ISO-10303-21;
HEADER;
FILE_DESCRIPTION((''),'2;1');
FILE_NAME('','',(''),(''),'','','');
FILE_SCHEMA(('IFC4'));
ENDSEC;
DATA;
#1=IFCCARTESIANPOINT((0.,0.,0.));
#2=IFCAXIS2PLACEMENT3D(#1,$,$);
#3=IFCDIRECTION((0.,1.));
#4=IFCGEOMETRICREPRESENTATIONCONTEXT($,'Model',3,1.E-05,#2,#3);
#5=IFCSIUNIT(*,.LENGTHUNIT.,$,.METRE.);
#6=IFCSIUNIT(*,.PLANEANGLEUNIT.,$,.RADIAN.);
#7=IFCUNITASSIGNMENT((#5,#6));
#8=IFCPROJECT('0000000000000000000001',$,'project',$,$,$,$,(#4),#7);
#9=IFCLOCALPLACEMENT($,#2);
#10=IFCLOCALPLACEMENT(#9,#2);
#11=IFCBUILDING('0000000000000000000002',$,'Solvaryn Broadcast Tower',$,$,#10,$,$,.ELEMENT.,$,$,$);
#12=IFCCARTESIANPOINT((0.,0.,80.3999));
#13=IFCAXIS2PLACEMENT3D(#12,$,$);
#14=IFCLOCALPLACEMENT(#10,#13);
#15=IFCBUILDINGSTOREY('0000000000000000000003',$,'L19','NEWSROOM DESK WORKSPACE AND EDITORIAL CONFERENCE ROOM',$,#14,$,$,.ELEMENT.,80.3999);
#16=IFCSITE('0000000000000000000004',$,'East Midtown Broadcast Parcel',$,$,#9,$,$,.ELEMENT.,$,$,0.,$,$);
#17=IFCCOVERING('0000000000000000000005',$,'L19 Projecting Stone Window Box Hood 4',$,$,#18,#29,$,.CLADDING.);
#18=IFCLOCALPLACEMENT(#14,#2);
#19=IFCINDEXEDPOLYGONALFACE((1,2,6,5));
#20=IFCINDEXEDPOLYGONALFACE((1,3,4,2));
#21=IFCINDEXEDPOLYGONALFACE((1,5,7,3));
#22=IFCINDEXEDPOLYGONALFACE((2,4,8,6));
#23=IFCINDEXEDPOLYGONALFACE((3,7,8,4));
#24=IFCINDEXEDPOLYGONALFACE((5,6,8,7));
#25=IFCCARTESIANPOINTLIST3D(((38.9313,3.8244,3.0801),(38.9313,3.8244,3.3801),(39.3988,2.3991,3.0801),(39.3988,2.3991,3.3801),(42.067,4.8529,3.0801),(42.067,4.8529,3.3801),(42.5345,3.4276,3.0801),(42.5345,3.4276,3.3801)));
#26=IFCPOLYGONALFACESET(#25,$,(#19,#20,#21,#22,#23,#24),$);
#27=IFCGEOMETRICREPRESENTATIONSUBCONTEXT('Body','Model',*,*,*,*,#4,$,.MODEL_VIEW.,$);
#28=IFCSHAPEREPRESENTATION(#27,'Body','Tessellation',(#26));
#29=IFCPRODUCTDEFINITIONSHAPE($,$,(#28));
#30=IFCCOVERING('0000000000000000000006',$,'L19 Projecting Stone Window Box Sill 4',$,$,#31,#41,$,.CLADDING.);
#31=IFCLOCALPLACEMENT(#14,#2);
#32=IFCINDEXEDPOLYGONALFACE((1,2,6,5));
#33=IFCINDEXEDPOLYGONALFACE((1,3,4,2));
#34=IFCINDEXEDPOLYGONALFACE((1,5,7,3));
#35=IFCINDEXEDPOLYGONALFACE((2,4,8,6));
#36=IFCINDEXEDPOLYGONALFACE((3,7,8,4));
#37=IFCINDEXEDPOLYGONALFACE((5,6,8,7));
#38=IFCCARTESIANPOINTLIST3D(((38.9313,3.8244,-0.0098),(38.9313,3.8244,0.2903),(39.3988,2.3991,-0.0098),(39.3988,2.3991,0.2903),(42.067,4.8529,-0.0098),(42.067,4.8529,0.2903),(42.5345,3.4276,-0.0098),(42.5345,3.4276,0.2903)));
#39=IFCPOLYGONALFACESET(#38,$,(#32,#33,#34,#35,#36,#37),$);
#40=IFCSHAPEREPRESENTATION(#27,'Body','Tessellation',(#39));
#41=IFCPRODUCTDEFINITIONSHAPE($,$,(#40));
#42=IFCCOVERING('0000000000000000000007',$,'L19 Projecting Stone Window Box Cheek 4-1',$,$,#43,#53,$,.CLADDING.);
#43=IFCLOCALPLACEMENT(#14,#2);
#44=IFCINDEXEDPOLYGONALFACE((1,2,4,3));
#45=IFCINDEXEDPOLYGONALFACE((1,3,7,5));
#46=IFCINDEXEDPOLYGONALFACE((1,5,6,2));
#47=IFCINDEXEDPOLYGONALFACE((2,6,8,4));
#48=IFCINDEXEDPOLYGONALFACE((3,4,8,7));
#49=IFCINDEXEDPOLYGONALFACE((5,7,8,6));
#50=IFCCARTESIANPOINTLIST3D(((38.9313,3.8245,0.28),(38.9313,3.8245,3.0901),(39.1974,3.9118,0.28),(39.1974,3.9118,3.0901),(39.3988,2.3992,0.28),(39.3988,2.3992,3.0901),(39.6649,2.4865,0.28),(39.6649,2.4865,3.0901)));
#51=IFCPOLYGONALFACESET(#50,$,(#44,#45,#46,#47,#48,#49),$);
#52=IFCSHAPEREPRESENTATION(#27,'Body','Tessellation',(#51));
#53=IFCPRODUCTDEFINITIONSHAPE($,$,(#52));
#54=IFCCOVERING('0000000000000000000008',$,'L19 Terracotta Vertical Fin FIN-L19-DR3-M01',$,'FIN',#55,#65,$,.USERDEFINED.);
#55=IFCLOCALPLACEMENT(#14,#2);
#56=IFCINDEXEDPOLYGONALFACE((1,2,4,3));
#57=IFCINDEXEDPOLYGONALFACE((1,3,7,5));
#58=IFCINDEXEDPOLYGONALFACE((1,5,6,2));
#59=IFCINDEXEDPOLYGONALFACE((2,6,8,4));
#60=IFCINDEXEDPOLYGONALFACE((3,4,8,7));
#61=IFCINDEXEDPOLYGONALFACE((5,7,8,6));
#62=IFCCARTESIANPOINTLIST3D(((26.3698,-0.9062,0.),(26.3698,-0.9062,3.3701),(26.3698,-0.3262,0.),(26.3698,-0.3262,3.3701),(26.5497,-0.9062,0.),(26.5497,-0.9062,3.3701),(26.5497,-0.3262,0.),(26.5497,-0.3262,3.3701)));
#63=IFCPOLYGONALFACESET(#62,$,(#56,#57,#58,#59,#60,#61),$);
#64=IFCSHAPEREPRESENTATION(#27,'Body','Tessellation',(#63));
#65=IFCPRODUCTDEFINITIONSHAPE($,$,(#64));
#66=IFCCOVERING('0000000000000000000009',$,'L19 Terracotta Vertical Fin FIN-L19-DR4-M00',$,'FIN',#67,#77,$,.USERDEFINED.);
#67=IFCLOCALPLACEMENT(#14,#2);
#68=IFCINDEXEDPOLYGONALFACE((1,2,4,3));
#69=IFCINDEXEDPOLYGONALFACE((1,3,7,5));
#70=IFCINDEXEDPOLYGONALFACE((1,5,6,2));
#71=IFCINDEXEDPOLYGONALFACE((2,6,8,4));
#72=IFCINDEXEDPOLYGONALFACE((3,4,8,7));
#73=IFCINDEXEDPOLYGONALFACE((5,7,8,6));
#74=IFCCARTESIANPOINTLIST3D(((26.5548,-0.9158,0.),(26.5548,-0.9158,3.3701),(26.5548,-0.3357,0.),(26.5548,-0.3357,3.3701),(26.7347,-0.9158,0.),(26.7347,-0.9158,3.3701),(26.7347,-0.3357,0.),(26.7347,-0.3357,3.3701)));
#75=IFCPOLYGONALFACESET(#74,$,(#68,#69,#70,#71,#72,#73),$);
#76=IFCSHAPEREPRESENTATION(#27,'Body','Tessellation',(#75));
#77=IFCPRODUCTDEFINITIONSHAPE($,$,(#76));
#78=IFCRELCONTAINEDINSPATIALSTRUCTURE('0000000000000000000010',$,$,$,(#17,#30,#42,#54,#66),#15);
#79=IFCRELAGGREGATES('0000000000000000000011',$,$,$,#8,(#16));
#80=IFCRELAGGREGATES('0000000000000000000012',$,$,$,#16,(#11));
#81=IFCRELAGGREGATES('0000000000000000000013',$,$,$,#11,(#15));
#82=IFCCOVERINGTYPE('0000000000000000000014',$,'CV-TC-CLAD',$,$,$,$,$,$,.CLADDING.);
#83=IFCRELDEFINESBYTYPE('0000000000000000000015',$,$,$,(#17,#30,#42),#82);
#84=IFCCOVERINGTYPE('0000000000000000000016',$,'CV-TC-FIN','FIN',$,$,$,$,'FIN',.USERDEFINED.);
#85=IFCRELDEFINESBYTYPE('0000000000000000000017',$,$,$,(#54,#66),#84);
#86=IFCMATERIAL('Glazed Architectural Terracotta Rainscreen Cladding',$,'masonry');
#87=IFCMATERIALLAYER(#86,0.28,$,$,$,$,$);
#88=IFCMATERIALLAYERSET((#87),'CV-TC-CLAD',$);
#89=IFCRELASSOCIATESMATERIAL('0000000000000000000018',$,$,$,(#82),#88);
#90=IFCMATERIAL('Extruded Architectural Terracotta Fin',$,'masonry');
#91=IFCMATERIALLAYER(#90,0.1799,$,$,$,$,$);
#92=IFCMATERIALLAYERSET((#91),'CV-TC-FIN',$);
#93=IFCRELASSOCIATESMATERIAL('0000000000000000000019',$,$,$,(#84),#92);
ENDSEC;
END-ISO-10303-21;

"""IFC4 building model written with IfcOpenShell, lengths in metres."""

from ifc_helpers import new_model, si_unit, direction, frame, origin, origin_2d, place, context, subcontext, project, spatial, rectangle, extrude, material, layer, layer_set, type_object, element, save


model = new_model("IFC4")

# Units and contexts
model_context = context("Model", 3, precision=1e-05, world=origin(), true_north=direction((0.0, 1.0)))
body_context = subcontext(model_context, "Body", "Model", "MODEL_VIEW")
ifc_project = project(units=[si_unit("LENGTHUNIT", "METRE"), si_unit("PLANEANGLEUNIT", "RADIAN")], contexts=[model_context])

# Site, building, storey
site_placement = place(None, origin())
site = spatial("IfcSite", under=ifc_project, at=site_placement, Name="East Midtown Broadcast Parcel", CompositionType="ELEMENT", RefElevation=0.0)
building_placement = place(site_placement, origin())
building = spatial("IfcBuilding", under=site, at=building_placement, Name="Solvaryn Broadcast Tower", CompositionType="ELEMENT")
storey_placement = place(building_placement, frame((0.0, 0.0, 80.3999)))
storey = spatial("IfcBuildingStorey", under=building, at=storey_placement, Name="L19", Description="NEWSROOM DESK WORKSPACE AND EDITORIAL CONFERENCE ROOM", CompositionType="ELEMENT", Elevation=80.3999)

# Coverings
ifc_material_1 = material(Name="Glazed Architectural Terracotta Rainscreen Cladding", Category="masonry")
ifc_layer_1 = layer(ifc_material_1, 0.28)
ifc_layer_set_1 = layer_set([ifc_layer_1], Name="CV-TC-CLAD")
covering_type_1 = type_object("IfcCoveringType", Name="CV-TC-CLAD", PredefinedType="CLADDING", material=ifc_layer_set_1)
for number, where, z_axis, x_axis, name in (
    (1, (40.7329, 3.626, 3.0801), (0.0, 0.0, 1.0), (0.95019, 0.311672, 0.0), "L19 Projecting Stone Window Box Hood 4"),
    (2, (40.7329, 3.626, -0.0098), (0.0, 0.0, 1.0), (0.95019, 0.311672, 0.0), "L19 Projecting Stone Window Box Sill 4"),
):
    element("IfcCovering", number, at=place(storey_placement, frame(where, z_axis=z_axis, x_axis=x_axis)), inside=storey, type_object=covering_type_1, Name=name, PredefinedType="CLADDING", context=body_context, shape_type="SweptSolid", body=[
        extrude(rectangle(XDim=3.3, YDim=1.5, at=origin_2d()), origin(), (0.0, 0.0, 1.0), 0.3),
    ])
covering_1_placement = place(storey_placement, frame((39.2981, 3.1555, 0.28), z_axis=(0.0, 0.0, 1.0), x_axis=(0.95019, 0.311672, 0.0)))
element("IfcCovering", 3, at=covering_1_placement, inside=storey, type_object=covering_type_1, Name="L19 Projecting Stone Window Box Cheek 4-1", PredefinedType="CLADDING", context=body_context, shape_type="SweptSolid", body=[
    extrude(rectangle(XDim=0.28, YDim=1.5, at=origin_2d()), origin(), (0.0, 0.0, 1.0), 2.8101),
])
ifc_material_2 = material(Name="Extruded Architectural Terracotta Fin", Category="masonry")
ifc_layer_2 = layer(ifc_material_2, 0.1799)
ifc_layer_set_2 = layer_set([ifc_layer_2], Name="CV-TC-FIN")
covering_type_2 = type_object("IfcCoveringType", Name="CV-TC-FIN", Description="FIN", ElementType="FIN", PredefinedType="USERDEFINED", material=ifc_layer_set_2)
for number, where, z_axis, x_axis, name in (
    (4, (26.4597, -0.6162, 0.0), (0.0, 0.0, 1.0), (1.0, 0.0, 0.0), "L19 Terracotta Vertical Fin FIN-L19-DR3-M01"),
    (5, (26.6448, -0.6257, 0.0), (0.0, 0.0, 1.0), (1.0, 0.0, 0.0), "L19 Terracotta Vertical Fin FIN-L19-DR4-M00"),
):
    element("IfcCovering", number, at=place(storey_placement, frame(where, z_axis=z_axis, x_axis=x_axis)), inside=storey, type_object=covering_type_2, Name=name, ObjectType="FIN", PredefinedType="USERDEFINED", context=body_context, shape_type="SweptSolid", body=[
        extrude(rectangle(XDim=0.1799, YDim=0.5801, at=origin_2d()), origin(), (0.0, 0.0, 1.0), 3.3701),
    ])

save(model, "model.ifc")
